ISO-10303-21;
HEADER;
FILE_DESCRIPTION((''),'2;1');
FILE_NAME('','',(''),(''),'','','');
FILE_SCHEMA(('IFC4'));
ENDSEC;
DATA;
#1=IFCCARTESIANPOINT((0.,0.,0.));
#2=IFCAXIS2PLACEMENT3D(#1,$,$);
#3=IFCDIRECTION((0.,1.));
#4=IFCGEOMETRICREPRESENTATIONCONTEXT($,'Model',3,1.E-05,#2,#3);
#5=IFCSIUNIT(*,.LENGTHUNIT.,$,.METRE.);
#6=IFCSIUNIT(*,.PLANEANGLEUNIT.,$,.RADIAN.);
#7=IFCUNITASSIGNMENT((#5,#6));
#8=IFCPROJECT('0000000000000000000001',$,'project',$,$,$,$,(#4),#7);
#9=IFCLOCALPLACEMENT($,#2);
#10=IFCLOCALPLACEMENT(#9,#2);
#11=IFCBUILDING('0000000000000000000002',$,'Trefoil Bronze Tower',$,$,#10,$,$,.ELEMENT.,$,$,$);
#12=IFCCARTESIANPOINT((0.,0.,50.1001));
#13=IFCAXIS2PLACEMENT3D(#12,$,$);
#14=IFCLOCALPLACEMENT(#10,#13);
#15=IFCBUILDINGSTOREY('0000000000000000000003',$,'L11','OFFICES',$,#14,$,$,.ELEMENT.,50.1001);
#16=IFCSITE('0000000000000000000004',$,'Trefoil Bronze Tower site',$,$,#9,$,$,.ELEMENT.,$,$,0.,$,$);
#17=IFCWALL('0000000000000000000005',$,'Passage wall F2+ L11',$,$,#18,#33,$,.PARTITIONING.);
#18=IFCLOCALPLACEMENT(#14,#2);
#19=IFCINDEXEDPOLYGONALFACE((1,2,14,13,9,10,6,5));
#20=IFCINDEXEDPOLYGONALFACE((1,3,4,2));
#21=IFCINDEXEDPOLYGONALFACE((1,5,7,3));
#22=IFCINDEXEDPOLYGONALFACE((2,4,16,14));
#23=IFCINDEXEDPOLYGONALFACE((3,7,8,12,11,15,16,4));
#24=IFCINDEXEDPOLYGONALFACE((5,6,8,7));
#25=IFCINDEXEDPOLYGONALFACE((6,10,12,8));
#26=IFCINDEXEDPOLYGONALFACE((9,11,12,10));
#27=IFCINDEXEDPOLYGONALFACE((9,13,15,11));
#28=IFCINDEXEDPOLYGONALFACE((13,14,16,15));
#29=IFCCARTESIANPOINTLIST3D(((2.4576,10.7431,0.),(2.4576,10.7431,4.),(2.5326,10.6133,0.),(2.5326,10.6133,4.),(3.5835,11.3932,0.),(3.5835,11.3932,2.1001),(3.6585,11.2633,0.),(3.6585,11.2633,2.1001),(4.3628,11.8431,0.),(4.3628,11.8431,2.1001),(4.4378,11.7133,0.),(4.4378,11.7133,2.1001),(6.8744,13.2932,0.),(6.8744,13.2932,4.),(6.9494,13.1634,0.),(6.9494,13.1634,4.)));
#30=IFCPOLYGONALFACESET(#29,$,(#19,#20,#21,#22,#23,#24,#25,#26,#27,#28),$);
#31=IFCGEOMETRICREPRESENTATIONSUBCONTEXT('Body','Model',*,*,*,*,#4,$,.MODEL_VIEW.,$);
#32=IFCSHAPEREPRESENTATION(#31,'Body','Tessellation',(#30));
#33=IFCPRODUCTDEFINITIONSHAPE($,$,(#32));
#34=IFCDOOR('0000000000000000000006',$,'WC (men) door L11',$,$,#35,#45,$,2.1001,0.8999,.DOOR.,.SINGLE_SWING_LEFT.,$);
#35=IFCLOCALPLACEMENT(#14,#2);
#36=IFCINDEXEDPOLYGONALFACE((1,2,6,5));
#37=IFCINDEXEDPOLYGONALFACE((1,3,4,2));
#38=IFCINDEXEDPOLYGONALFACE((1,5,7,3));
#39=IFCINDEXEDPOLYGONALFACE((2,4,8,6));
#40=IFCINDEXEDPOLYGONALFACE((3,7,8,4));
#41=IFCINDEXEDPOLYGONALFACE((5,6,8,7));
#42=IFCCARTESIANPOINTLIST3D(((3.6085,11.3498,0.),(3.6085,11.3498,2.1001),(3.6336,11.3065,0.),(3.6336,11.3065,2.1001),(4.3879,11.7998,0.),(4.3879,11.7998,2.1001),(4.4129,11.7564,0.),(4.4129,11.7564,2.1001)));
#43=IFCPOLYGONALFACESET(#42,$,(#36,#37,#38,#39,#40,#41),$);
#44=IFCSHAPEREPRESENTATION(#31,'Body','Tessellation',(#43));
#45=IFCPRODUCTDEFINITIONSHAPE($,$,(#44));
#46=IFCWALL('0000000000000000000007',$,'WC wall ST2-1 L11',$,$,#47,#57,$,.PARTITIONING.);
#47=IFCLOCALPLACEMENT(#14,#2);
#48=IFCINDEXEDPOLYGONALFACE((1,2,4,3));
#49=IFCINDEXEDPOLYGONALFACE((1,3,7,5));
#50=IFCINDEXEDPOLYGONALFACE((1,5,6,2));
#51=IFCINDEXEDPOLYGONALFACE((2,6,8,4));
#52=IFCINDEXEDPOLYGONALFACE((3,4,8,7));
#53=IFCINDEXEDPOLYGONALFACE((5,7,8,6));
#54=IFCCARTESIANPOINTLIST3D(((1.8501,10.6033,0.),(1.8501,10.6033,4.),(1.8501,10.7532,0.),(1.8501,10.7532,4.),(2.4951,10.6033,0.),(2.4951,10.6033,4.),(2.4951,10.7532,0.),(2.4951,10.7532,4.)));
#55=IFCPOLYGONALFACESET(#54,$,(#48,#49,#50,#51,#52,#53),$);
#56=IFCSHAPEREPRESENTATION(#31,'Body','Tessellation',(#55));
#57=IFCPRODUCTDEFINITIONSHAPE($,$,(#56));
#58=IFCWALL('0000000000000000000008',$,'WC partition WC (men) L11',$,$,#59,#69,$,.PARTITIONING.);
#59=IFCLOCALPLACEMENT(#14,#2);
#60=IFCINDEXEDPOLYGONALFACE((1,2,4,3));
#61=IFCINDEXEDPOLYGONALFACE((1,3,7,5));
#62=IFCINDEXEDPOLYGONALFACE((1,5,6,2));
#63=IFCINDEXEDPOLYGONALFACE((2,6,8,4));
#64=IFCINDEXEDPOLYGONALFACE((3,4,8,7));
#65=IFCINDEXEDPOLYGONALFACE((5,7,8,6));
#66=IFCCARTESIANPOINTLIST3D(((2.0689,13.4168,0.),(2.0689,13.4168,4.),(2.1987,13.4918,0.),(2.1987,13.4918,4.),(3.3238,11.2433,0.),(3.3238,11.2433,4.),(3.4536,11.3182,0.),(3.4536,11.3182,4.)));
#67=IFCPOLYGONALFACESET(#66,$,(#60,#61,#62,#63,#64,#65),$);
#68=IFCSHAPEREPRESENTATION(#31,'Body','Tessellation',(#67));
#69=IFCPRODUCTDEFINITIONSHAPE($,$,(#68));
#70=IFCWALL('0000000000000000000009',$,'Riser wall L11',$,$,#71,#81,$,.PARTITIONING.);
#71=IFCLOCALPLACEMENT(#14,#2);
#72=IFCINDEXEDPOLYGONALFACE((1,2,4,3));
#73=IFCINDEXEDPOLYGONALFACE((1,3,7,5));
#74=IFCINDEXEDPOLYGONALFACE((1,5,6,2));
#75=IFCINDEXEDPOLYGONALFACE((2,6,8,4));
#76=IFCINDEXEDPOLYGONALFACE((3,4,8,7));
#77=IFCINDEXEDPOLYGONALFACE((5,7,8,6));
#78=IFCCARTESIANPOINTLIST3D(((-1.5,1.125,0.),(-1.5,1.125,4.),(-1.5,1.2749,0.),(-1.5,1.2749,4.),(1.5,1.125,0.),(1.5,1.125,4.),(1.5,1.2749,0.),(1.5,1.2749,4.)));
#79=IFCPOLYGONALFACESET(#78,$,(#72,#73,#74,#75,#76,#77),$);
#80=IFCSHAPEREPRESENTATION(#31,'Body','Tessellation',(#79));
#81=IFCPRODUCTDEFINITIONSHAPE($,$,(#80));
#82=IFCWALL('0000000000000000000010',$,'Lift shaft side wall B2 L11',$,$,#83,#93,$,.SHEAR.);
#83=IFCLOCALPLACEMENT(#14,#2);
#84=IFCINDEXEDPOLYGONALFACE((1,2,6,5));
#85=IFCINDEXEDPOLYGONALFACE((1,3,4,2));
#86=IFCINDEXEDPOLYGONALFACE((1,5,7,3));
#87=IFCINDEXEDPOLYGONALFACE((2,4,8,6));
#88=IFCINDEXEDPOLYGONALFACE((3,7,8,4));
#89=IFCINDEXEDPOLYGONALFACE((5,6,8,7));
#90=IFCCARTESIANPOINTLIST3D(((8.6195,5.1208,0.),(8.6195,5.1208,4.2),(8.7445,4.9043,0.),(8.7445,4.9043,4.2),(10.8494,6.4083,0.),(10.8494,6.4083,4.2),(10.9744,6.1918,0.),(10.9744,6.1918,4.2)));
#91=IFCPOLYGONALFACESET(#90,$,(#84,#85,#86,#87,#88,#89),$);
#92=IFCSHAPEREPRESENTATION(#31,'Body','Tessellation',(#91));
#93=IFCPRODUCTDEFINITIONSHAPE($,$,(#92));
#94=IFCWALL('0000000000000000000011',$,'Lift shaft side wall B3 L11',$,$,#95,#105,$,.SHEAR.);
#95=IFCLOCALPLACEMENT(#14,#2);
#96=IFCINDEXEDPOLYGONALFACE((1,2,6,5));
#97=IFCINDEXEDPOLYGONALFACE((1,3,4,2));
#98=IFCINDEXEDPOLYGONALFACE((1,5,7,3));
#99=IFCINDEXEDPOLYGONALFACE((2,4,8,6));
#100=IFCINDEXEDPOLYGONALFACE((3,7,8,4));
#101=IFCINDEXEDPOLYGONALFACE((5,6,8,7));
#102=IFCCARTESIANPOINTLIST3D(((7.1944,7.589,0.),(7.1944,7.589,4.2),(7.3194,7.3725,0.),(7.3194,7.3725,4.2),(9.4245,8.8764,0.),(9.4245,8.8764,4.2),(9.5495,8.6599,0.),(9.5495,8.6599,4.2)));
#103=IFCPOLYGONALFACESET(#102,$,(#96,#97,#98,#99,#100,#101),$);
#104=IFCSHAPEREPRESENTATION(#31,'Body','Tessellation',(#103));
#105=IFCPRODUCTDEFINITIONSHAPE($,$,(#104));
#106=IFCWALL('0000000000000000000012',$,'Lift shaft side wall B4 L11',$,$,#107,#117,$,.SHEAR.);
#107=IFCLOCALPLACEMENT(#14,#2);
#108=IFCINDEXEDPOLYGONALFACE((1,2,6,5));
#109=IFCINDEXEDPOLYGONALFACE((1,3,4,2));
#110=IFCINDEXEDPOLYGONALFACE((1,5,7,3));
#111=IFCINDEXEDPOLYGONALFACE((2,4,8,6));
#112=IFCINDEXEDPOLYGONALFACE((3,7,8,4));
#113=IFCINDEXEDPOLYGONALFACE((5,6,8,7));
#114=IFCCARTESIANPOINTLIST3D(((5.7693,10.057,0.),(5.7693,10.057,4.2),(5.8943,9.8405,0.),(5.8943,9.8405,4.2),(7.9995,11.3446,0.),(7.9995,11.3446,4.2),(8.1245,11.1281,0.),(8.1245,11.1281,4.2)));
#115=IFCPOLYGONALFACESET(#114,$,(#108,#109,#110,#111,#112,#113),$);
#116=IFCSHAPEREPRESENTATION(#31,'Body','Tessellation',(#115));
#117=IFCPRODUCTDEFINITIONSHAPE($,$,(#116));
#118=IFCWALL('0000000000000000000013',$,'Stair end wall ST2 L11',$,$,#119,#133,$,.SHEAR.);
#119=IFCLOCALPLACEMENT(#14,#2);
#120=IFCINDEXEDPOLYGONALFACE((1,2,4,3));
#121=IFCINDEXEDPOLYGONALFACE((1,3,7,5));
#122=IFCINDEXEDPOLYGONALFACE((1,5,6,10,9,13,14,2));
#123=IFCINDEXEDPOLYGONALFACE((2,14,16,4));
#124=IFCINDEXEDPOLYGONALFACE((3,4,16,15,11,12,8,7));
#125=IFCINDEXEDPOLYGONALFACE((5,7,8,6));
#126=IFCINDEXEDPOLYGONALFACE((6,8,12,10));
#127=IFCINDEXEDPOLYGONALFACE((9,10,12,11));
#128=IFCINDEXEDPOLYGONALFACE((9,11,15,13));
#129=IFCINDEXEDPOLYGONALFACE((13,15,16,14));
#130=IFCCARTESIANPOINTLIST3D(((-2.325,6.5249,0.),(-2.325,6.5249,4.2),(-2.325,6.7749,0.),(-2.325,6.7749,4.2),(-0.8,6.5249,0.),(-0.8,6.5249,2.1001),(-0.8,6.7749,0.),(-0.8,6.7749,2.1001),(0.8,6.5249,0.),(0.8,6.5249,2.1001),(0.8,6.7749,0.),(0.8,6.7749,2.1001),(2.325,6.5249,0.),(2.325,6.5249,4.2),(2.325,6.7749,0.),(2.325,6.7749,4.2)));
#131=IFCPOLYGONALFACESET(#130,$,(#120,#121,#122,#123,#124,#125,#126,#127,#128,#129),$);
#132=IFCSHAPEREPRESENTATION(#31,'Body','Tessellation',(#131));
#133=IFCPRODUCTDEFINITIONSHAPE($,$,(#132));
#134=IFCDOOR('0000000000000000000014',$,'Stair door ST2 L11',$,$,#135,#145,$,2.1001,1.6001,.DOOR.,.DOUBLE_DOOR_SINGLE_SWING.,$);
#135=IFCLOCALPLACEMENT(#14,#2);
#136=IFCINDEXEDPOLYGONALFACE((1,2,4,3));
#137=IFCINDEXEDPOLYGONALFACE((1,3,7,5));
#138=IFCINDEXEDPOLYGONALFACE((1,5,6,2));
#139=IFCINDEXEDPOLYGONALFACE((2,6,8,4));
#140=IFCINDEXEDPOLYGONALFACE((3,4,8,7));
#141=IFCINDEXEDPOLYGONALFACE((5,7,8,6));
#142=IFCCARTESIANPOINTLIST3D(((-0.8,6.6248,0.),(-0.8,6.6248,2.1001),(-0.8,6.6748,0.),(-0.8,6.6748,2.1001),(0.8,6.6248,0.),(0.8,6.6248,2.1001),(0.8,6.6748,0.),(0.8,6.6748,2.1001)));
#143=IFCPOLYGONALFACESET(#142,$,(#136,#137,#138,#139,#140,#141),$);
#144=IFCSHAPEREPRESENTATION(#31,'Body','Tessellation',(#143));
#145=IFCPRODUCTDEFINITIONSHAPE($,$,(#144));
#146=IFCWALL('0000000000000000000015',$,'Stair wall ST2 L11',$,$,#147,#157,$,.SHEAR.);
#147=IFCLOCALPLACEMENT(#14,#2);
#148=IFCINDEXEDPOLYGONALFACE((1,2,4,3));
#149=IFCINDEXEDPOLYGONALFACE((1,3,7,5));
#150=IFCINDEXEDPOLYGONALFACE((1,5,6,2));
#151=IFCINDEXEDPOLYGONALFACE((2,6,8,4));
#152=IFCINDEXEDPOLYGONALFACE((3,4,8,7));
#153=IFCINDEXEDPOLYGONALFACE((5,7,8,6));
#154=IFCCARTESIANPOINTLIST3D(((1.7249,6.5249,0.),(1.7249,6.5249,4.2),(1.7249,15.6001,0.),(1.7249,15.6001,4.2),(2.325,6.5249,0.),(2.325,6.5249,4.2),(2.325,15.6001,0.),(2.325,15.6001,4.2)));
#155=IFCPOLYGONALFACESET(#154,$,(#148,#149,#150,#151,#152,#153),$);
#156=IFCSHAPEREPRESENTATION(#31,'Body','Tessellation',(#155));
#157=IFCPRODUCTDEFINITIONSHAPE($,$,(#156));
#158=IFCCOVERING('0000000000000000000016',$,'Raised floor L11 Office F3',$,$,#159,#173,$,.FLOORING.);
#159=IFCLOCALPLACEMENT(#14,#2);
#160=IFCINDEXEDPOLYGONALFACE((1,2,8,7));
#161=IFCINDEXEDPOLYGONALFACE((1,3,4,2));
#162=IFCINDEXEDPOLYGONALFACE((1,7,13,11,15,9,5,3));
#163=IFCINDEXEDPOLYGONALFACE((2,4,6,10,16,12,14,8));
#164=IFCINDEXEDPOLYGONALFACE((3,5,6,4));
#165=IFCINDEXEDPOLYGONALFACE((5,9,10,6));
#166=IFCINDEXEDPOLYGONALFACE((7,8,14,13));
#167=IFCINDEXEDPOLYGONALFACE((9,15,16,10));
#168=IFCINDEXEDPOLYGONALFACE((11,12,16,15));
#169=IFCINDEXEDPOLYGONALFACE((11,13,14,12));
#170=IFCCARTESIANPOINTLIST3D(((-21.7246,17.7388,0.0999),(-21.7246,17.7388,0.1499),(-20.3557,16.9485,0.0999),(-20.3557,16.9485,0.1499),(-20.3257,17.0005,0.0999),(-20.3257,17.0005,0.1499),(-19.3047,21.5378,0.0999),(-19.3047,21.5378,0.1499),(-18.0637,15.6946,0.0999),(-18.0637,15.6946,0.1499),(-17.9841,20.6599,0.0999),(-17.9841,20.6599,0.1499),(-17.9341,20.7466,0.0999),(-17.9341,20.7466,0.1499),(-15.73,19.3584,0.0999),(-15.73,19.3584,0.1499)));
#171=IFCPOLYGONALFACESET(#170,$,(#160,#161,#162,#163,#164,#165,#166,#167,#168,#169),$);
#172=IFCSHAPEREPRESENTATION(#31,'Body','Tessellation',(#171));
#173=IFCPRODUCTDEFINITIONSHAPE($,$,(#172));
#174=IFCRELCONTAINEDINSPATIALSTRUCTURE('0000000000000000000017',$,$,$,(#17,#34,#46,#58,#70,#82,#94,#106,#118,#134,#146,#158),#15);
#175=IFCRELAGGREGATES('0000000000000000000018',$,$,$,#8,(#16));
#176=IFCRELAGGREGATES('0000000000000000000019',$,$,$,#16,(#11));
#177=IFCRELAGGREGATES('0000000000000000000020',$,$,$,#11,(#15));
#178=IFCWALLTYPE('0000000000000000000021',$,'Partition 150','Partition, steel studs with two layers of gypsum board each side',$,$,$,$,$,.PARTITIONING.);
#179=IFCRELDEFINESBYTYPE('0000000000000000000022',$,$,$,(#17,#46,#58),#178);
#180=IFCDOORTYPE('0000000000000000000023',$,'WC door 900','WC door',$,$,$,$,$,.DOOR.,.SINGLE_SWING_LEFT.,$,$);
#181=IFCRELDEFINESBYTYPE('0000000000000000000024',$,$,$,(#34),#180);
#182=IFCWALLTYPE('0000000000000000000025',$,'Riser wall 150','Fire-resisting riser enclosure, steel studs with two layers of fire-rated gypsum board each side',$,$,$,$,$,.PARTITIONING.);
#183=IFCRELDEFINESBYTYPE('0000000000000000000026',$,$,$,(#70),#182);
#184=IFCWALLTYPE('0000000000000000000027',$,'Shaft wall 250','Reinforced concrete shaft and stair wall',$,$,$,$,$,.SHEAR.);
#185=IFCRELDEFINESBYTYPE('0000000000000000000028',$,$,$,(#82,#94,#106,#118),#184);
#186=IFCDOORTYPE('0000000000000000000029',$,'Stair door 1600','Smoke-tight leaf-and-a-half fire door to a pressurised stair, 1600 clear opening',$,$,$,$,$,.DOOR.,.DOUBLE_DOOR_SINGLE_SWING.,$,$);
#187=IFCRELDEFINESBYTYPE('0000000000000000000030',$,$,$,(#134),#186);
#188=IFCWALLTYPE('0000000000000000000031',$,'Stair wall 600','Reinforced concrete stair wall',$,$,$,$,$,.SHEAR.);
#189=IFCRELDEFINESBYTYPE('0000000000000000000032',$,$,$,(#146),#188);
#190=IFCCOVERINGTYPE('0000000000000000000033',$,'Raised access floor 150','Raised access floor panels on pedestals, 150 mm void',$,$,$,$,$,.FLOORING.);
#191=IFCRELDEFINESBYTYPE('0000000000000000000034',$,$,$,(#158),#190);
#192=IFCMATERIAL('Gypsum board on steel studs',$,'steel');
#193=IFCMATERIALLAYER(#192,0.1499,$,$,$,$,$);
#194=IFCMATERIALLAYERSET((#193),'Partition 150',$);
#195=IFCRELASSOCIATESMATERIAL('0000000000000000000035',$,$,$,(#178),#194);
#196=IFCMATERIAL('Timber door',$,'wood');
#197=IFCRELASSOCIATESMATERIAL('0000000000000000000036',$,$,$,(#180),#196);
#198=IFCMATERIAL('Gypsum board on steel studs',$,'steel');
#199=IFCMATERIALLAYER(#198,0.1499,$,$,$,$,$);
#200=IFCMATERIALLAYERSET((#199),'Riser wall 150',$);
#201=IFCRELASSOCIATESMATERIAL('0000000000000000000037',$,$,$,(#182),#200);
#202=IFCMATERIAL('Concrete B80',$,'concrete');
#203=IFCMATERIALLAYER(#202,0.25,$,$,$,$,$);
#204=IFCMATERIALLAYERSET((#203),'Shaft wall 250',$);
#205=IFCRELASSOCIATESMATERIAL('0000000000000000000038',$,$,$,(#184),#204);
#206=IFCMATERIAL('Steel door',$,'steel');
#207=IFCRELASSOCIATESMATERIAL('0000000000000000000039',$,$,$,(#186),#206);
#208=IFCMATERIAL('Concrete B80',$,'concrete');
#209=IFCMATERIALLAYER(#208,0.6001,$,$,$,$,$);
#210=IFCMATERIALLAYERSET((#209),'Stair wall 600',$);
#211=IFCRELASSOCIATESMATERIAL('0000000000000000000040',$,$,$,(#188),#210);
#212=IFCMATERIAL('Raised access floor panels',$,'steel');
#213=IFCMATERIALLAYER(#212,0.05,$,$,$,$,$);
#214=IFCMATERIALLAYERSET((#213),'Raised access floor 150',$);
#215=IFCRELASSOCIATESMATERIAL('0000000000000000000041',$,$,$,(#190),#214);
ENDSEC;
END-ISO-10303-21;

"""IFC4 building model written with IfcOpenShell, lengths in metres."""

from ifc_helpers import new_model, si_unit, direction, frame, frame_2d, origin, place, context, subcontext, project, spatial, polyline, rectangle, outline, extrude, material, layer, layer_set, type_object, element, fill, save


model = new_model("IFC4")

# Units and contexts
model_context = context("Model", 3, precision=1e-05, world=origin(), true_north=direction((0.0, 1.0)))
body_context = subcontext(model_context, "Body", "Model", "MODEL_VIEW")
ifc_project = project(units=[si_unit("LENGTHUNIT", "METRE"), si_unit("PLANEANGLEUNIT", "RADIAN")], contexts=[model_context])

# Site, building, storey
site_placement = place(None, origin())
site = spatial("IfcSite", under=ifc_project, at=site_placement, Name="Trefoil Bronze Tower site", CompositionType="ELEMENT", RefElevation=0.0)
building_placement = place(site_placement, origin())
building = spatial("IfcBuilding", under=site, at=building_placement, Name="Trefoil Bronze Tower", CompositionType="ELEMENT")
storey_placement = place(building_placement, frame((0.0, 0.0, 50.1001)))
storey = spatial("IfcBuildingStorey", under=building, at=storey_placement, Name="L11", Description="OFFICES", CompositionType="ELEMENT", Elevation=50.1001)

# Wall, opening, door
ifc_material_1 = material(Name="Gypsum board on steel studs", Category="steel")
ifc_layer_1 = layer(ifc_material_1, 0.1499)
ifc_layer_set_1 = layer_set([ifc_layer_1], Name="Partition 150")
wall_type_1 = type_object("IfcWallType", Name="Partition 150", Description="Partition, steel studs with two layers of gypsum board each side", PredefinedType="PARTITIONING", material=ifc_layer_set_1)
wall_1_placement = place(storey_placement, frame((2.4951, 10.6782, 0.0), z_axis=(0.0, 0.0, 1.0), x_axis=(0.866022, 0.500006, 0.0)))
wall_1 = element("IfcWall", 1, at=wall_1_placement, inside=storey, type_object=wall_type_1, Name="Passage wall F2+ L11", PredefinedType="PARTITIONING", context=body_context, shape_type="SweptSolid", body=[
    extrude(rectangle(XDim=5.1001, YDim=0.1499, at=frame_2d((2.55, 0.0))), origin(), (0.0, 0.0, 1.0), 4.0),
])
opening_1_placement = place(wall_1_placement, frame((1.3, 0.0, 0.0)))
opening_1 = element("IfcOpeningElement", 2, at=opening_1_placement, cuts=wall_1, PredefinedType="OPENING", context=body_context, shape_type="SweptSolid", body=[
    extrude(rectangle(XDim=0.8999, YDim=2.1001, at=frame_2d((0.45, 1.05))), frame((0.0, 0.085, 0.0), z_axis=(0.0, -1.0, 0.0), x_axis=(1.0, 0.0, 0.0)), (0.0, 0.0, 1.0), 0.1699),
])
ifc_material_2 = material(Name="Timber door", Category="wood")
door_type_1 = type_object("IfcDoorType", Name="WC door 900", Description="WC door", OperationType="SINGLE_SWING_LEFT", PredefinedType="DOOR", material=ifc_material_2)
door_1_placement = place(opening_1_placement, origin())
door_1 = element("IfcDoor", 3, at=door_1_placement, inside=storey, type_object=door_type_1, Name="WC (men) door L11", OperationType="SINGLE_SWING_LEFT", OverallHeight=2.1001, OverallWidth=0.8999, PredefinedType="DOOR", context=body_context, shape_type="SweptSolid", body=[
    extrude(rectangle(XDim=0.8999, YDim=2.1001, at=frame_2d((0.45, 1.05))), frame((0.0, 0.0249, 0.0), z_axis=(0.0, -1.0, 0.0), x_axis=(1.0, 0.0, 0.0)), (0.0, 0.0, 1.0), 0.05),
])
fill(opening_1, door_1)

# Walls
wall_2_placement = place(storey_placement, frame((2.4951, 10.6782, 0.0), z_axis=(0.0, 0.0, 1.0), x_axis=(-1.0, 0.0, 0.0)))
element("IfcWall", 4, at=wall_2_placement, inside=storey, type_object=wall_type_1, Name="WC wall ST2-1 L11", PredefinedType="PARTITIONING", context=body_context, shape_type="SweptSolid", body=[
    extrude(rectangle(XDim=0.645, YDim=0.1499, at=frame_2d((0.3225, 0.0))), origin(), (0.0, 0.0, 1.0), 4.0),
])
wall_3_placement = place(storey_placement, frame((3.3887, 11.2808, 0.0), z_axis=(0.0, 0.0, 1.0), x_axis=(-0.499989, 0.866032, 0.0)))
element("IfcWall", 5, at=wall_3_placement, inside=storey, type_object=wall_type_1, Name="WC partition WC (men) L11", PredefinedType="PARTITIONING", context=body_context, shape_type="SweptSolid", body=[
    extrude(rectangle(XDim=2.5098, YDim=0.1499, at=frame_2d((1.2549, 0.0))), origin(), (0.0, 0.0, 1.0), 4.0),
])
ifc_material_3 = material(Name="Gypsum board on steel studs", Category="steel")
ifc_layer_2 = layer(ifc_material_3, 0.1499)
ifc_layer_set_2 = layer_set([ifc_layer_2], Name="Riser wall 150")
wall_type_2 = type_object("IfcWallType", Name="Riser wall 150", Description="Fire-resisting riser enclosure, steel studs with two layers of fire-rated gypsum board each side", PredefinedType="PARTITIONING", material=ifc_layer_set_2)
wall_4_placement = place(storey_placement, frame((1.5, 1.2, 0.0), z_axis=(0.0, 0.0, 1.0), x_axis=(-1.0, 0.0, 0.0)))
element("IfcWall", 6, at=wall_4_placement, inside=storey, type_object=wall_type_2, Name="Riser wall L11", PredefinedType="PARTITIONING", context=body_context, shape_type="SweptSolid", body=[
    extrude(rectangle(XDim=3.0, YDim=0.1499, at=frame_2d((1.5, 0.0))), origin(), (0.0, 0.0, 1.0), 4.0),
])
ifc_material_4 = material(Name="Concrete B80", Category="concrete")
ifc_layer_3 = layer(ifc_material_4, 0.25)
ifc_layer_set_3 = layer_set([ifc_layer_3], Name="Shaft wall 250")
wall_type_3 = type_object("IfcWallType", Name="Shaft wall 250", Description="Reinforced concrete shaft and stair wall", PredefinedType="SHEAR", material=ifc_layer_set_3)
for number, where, z_axis, x_axis, name in (
    (7, (8.6819, 5.0125, 0.0), (0.0, 0.0, 1.0), (0.866006, 0.500034, 0.0), "Lift shaft side wall B2 L11"),
    (8, (7.2568, 7.4807, 0.0), (0.0, 0.0, 1.0), (0.866047, 0.499963, 0.0), "Lift shaft side wall B3 L11"),
):
    element("IfcWall", number, at=place(storey_placement, frame(where, z_axis=z_axis, x_axis=x_axis)), inside=storey, type_object=wall_type_3, Name=name, PredefinedType="SHEAR", context=body_context, shape_type="SweptSolid", body=[
        extrude(rectangle(XDim=2.575, YDim=0.25, at=frame_2d((1.2876, 0.0))), origin(), (0.0, 0.0, 1.0), 4.2),
    ])
wall_5_placement = place(storey_placement, frame((5.8318, 9.9487, 0.0), z_axis=(0.0, 0.0, 1.0), x_axis=(0.866029, 0.499993, 0.0)))
element("IfcWall", 9, at=wall_5_placement, inside=storey, type_object=wall_type_3, Name="Lift shaft side wall B4 L11", PredefinedType="SHEAR", context=body_context, shape_type="SweptSolid", body=[
    extrude(rectangle(XDim=2.5752, YDim=0.25, at=frame_2d((1.2876, 0.0))), origin(), (0.0, 0.0, 1.0), 4.2),
])

# Wall, opening, door
wall_6_placement = place(storey_placement, frame((2.325, 6.6499, 0.0), z_axis=(0.0, 0.0, 1.0), x_axis=(-1.0, 0.0, 0.0)))
wall_6 = element("IfcWall", 10, at=wall_6_placement, inside=storey, type_object=wall_type_3, Name="Stair end wall ST2 L11", PredefinedType="SHEAR", context=body_context, shape_type="SweptSolid", body=[
    extrude(rectangle(XDim=4.6499, YDim=0.25, at=frame_2d((2.325, 0.0))), origin(), (0.0, 0.0, 1.0), 4.2),
])
opening_2_placement = place(wall_6_placement, frame((1.5249, 0.0, 0.0)))
opening_2 = element("IfcOpeningElement", 11, at=opening_2_placement, cuts=wall_6, PredefinedType="OPENING", context=body_context, shape_type="SweptSolid", body=[
    extrude(rectangle(XDim=1.6001, YDim=2.1001, at=frame_2d((0.8, 1.05))), frame((0.0, 0.135, 0.0), z_axis=(0.0, -1.0, 0.0), x_axis=(1.0, 0.0, 0.0)), (0.0, 0.0, 1.0), 0.27),
])
ifc_material_5 = material(Name="Steel door", Category="steel")
door_type_2 = type_object("IfcDoorType", Name="Stair door 1600", Description="Smoke-tight leaf-and-a-half fire door to a pressurised stair, 1600 clear opening", OperationType="DOUBLE_DOOR_SINGLE_SWING", PredefinedType="DOOR", material=ifc_material_5)
door_2_placement = place(opening_2_placement, frame((1.6001, 0.0, 0.0), z_axis=(0.0, 0.0, 1.0), x_axis=(-1.0, 0.0, 0.0)))
door_2 = element("IfcDoor", 12, at=door_2_placement, inside=storey, type_object=door_type_2, Name="Stair door ST2 L11", OperationType="DOUBLE_DOOR_SINGLE_SWING", OverallHeight=2.1001, OverallWidth=1.6001, PredefinedType="DOOR", context=body_context, shape_type="SweptSolid", body=[
    extrude(rectangle(XDim=1.6001, YDim=2.1001, at=frame_2d((0.8, 1.05))), frame((0.0, 0.0249, 0.0), z_axis=(0.0, -1.0, 0.0), x_axis=(1.0, 0.0, 0.0)), (0.0, 0.0, 1.0), 0.05),
])
fill(opening_2, door_2)

# Wall
ifc_material_6 = material(Name="Concrete B80", Category="concrete")
ifc_layer_4 = layer(ifc_material_6, 0.6001)
ifc_layer_set_4 = layer_set([ifc_layer_4], Name="Stair wall 600")
wall_type_4 = type_object("IfcWallType", Name="Stair wall 600", Description="Reinforced concrete stair wall", PredefinedType="SHEAR", material=ifc_layer_set_4)
wall_7_placement = place(storey_placement, frame((2.0249, 6.5249, 0.0), z_axis=(0.0, 0.0, 1.0), x_axis=(0.0, 1.0, 0.0)))
element("IfcWall", 13, at=wall_7_placement, inside=storey, type_object=wall_type_4, Name="Stair wall ST2 L11", PredefinedType="SHEAR", context=body_context, shape_type="SweptSolid", body=[
    extrude(rectangle(XDim=9.0752, YDim=0.6001, at=frame_2d((4.5376, 0.0))), origin(), (0.0, 0.0, 1.0), 4.2),
])

# Covering
ifc_material_7 = material(Name="Raised access floor panels", Category="steel")
ifc_layer_5 = layer(ifc_material_7, 0.05)
ifc_layer_set_5 = layer_set([ifc_layer_5], Name="Raised access floor 150")
covering_type = type_object("IfcCoveringType", Name="Raised access floor 150", Description="Raised access floor panels on pedestals, 150 mm void", PredefinedType="FLOORING", material=ifc_layer_set_5)
covering_1_placement = place(storey_placement, frame((0.0, 0.0, 0.0999)))
element("IfcCovering", 14, at=covering_1_placement, inside=storey, type_object=covering_type, Name="Raised floor L11 Office F3", PredefinedType="FLOORING", context=body_context, shape_type="SweptSolid", body=[
    extrude(outline(polyline([(-19.3047, 21.5378), (-17.9341, 20.7466), (-17.9841, 20.6599), (-15.73, 19.3584), (-18.0637, 15.6946), (-20.3257, 17.0005), (-20.3557, 16.9485), (-21.7246, 17.7388), (-19.3047, 21.5378)])), origin(), (0.0, 0.0, 1.0), 0.05),
])

save(model, "model.ifc")
